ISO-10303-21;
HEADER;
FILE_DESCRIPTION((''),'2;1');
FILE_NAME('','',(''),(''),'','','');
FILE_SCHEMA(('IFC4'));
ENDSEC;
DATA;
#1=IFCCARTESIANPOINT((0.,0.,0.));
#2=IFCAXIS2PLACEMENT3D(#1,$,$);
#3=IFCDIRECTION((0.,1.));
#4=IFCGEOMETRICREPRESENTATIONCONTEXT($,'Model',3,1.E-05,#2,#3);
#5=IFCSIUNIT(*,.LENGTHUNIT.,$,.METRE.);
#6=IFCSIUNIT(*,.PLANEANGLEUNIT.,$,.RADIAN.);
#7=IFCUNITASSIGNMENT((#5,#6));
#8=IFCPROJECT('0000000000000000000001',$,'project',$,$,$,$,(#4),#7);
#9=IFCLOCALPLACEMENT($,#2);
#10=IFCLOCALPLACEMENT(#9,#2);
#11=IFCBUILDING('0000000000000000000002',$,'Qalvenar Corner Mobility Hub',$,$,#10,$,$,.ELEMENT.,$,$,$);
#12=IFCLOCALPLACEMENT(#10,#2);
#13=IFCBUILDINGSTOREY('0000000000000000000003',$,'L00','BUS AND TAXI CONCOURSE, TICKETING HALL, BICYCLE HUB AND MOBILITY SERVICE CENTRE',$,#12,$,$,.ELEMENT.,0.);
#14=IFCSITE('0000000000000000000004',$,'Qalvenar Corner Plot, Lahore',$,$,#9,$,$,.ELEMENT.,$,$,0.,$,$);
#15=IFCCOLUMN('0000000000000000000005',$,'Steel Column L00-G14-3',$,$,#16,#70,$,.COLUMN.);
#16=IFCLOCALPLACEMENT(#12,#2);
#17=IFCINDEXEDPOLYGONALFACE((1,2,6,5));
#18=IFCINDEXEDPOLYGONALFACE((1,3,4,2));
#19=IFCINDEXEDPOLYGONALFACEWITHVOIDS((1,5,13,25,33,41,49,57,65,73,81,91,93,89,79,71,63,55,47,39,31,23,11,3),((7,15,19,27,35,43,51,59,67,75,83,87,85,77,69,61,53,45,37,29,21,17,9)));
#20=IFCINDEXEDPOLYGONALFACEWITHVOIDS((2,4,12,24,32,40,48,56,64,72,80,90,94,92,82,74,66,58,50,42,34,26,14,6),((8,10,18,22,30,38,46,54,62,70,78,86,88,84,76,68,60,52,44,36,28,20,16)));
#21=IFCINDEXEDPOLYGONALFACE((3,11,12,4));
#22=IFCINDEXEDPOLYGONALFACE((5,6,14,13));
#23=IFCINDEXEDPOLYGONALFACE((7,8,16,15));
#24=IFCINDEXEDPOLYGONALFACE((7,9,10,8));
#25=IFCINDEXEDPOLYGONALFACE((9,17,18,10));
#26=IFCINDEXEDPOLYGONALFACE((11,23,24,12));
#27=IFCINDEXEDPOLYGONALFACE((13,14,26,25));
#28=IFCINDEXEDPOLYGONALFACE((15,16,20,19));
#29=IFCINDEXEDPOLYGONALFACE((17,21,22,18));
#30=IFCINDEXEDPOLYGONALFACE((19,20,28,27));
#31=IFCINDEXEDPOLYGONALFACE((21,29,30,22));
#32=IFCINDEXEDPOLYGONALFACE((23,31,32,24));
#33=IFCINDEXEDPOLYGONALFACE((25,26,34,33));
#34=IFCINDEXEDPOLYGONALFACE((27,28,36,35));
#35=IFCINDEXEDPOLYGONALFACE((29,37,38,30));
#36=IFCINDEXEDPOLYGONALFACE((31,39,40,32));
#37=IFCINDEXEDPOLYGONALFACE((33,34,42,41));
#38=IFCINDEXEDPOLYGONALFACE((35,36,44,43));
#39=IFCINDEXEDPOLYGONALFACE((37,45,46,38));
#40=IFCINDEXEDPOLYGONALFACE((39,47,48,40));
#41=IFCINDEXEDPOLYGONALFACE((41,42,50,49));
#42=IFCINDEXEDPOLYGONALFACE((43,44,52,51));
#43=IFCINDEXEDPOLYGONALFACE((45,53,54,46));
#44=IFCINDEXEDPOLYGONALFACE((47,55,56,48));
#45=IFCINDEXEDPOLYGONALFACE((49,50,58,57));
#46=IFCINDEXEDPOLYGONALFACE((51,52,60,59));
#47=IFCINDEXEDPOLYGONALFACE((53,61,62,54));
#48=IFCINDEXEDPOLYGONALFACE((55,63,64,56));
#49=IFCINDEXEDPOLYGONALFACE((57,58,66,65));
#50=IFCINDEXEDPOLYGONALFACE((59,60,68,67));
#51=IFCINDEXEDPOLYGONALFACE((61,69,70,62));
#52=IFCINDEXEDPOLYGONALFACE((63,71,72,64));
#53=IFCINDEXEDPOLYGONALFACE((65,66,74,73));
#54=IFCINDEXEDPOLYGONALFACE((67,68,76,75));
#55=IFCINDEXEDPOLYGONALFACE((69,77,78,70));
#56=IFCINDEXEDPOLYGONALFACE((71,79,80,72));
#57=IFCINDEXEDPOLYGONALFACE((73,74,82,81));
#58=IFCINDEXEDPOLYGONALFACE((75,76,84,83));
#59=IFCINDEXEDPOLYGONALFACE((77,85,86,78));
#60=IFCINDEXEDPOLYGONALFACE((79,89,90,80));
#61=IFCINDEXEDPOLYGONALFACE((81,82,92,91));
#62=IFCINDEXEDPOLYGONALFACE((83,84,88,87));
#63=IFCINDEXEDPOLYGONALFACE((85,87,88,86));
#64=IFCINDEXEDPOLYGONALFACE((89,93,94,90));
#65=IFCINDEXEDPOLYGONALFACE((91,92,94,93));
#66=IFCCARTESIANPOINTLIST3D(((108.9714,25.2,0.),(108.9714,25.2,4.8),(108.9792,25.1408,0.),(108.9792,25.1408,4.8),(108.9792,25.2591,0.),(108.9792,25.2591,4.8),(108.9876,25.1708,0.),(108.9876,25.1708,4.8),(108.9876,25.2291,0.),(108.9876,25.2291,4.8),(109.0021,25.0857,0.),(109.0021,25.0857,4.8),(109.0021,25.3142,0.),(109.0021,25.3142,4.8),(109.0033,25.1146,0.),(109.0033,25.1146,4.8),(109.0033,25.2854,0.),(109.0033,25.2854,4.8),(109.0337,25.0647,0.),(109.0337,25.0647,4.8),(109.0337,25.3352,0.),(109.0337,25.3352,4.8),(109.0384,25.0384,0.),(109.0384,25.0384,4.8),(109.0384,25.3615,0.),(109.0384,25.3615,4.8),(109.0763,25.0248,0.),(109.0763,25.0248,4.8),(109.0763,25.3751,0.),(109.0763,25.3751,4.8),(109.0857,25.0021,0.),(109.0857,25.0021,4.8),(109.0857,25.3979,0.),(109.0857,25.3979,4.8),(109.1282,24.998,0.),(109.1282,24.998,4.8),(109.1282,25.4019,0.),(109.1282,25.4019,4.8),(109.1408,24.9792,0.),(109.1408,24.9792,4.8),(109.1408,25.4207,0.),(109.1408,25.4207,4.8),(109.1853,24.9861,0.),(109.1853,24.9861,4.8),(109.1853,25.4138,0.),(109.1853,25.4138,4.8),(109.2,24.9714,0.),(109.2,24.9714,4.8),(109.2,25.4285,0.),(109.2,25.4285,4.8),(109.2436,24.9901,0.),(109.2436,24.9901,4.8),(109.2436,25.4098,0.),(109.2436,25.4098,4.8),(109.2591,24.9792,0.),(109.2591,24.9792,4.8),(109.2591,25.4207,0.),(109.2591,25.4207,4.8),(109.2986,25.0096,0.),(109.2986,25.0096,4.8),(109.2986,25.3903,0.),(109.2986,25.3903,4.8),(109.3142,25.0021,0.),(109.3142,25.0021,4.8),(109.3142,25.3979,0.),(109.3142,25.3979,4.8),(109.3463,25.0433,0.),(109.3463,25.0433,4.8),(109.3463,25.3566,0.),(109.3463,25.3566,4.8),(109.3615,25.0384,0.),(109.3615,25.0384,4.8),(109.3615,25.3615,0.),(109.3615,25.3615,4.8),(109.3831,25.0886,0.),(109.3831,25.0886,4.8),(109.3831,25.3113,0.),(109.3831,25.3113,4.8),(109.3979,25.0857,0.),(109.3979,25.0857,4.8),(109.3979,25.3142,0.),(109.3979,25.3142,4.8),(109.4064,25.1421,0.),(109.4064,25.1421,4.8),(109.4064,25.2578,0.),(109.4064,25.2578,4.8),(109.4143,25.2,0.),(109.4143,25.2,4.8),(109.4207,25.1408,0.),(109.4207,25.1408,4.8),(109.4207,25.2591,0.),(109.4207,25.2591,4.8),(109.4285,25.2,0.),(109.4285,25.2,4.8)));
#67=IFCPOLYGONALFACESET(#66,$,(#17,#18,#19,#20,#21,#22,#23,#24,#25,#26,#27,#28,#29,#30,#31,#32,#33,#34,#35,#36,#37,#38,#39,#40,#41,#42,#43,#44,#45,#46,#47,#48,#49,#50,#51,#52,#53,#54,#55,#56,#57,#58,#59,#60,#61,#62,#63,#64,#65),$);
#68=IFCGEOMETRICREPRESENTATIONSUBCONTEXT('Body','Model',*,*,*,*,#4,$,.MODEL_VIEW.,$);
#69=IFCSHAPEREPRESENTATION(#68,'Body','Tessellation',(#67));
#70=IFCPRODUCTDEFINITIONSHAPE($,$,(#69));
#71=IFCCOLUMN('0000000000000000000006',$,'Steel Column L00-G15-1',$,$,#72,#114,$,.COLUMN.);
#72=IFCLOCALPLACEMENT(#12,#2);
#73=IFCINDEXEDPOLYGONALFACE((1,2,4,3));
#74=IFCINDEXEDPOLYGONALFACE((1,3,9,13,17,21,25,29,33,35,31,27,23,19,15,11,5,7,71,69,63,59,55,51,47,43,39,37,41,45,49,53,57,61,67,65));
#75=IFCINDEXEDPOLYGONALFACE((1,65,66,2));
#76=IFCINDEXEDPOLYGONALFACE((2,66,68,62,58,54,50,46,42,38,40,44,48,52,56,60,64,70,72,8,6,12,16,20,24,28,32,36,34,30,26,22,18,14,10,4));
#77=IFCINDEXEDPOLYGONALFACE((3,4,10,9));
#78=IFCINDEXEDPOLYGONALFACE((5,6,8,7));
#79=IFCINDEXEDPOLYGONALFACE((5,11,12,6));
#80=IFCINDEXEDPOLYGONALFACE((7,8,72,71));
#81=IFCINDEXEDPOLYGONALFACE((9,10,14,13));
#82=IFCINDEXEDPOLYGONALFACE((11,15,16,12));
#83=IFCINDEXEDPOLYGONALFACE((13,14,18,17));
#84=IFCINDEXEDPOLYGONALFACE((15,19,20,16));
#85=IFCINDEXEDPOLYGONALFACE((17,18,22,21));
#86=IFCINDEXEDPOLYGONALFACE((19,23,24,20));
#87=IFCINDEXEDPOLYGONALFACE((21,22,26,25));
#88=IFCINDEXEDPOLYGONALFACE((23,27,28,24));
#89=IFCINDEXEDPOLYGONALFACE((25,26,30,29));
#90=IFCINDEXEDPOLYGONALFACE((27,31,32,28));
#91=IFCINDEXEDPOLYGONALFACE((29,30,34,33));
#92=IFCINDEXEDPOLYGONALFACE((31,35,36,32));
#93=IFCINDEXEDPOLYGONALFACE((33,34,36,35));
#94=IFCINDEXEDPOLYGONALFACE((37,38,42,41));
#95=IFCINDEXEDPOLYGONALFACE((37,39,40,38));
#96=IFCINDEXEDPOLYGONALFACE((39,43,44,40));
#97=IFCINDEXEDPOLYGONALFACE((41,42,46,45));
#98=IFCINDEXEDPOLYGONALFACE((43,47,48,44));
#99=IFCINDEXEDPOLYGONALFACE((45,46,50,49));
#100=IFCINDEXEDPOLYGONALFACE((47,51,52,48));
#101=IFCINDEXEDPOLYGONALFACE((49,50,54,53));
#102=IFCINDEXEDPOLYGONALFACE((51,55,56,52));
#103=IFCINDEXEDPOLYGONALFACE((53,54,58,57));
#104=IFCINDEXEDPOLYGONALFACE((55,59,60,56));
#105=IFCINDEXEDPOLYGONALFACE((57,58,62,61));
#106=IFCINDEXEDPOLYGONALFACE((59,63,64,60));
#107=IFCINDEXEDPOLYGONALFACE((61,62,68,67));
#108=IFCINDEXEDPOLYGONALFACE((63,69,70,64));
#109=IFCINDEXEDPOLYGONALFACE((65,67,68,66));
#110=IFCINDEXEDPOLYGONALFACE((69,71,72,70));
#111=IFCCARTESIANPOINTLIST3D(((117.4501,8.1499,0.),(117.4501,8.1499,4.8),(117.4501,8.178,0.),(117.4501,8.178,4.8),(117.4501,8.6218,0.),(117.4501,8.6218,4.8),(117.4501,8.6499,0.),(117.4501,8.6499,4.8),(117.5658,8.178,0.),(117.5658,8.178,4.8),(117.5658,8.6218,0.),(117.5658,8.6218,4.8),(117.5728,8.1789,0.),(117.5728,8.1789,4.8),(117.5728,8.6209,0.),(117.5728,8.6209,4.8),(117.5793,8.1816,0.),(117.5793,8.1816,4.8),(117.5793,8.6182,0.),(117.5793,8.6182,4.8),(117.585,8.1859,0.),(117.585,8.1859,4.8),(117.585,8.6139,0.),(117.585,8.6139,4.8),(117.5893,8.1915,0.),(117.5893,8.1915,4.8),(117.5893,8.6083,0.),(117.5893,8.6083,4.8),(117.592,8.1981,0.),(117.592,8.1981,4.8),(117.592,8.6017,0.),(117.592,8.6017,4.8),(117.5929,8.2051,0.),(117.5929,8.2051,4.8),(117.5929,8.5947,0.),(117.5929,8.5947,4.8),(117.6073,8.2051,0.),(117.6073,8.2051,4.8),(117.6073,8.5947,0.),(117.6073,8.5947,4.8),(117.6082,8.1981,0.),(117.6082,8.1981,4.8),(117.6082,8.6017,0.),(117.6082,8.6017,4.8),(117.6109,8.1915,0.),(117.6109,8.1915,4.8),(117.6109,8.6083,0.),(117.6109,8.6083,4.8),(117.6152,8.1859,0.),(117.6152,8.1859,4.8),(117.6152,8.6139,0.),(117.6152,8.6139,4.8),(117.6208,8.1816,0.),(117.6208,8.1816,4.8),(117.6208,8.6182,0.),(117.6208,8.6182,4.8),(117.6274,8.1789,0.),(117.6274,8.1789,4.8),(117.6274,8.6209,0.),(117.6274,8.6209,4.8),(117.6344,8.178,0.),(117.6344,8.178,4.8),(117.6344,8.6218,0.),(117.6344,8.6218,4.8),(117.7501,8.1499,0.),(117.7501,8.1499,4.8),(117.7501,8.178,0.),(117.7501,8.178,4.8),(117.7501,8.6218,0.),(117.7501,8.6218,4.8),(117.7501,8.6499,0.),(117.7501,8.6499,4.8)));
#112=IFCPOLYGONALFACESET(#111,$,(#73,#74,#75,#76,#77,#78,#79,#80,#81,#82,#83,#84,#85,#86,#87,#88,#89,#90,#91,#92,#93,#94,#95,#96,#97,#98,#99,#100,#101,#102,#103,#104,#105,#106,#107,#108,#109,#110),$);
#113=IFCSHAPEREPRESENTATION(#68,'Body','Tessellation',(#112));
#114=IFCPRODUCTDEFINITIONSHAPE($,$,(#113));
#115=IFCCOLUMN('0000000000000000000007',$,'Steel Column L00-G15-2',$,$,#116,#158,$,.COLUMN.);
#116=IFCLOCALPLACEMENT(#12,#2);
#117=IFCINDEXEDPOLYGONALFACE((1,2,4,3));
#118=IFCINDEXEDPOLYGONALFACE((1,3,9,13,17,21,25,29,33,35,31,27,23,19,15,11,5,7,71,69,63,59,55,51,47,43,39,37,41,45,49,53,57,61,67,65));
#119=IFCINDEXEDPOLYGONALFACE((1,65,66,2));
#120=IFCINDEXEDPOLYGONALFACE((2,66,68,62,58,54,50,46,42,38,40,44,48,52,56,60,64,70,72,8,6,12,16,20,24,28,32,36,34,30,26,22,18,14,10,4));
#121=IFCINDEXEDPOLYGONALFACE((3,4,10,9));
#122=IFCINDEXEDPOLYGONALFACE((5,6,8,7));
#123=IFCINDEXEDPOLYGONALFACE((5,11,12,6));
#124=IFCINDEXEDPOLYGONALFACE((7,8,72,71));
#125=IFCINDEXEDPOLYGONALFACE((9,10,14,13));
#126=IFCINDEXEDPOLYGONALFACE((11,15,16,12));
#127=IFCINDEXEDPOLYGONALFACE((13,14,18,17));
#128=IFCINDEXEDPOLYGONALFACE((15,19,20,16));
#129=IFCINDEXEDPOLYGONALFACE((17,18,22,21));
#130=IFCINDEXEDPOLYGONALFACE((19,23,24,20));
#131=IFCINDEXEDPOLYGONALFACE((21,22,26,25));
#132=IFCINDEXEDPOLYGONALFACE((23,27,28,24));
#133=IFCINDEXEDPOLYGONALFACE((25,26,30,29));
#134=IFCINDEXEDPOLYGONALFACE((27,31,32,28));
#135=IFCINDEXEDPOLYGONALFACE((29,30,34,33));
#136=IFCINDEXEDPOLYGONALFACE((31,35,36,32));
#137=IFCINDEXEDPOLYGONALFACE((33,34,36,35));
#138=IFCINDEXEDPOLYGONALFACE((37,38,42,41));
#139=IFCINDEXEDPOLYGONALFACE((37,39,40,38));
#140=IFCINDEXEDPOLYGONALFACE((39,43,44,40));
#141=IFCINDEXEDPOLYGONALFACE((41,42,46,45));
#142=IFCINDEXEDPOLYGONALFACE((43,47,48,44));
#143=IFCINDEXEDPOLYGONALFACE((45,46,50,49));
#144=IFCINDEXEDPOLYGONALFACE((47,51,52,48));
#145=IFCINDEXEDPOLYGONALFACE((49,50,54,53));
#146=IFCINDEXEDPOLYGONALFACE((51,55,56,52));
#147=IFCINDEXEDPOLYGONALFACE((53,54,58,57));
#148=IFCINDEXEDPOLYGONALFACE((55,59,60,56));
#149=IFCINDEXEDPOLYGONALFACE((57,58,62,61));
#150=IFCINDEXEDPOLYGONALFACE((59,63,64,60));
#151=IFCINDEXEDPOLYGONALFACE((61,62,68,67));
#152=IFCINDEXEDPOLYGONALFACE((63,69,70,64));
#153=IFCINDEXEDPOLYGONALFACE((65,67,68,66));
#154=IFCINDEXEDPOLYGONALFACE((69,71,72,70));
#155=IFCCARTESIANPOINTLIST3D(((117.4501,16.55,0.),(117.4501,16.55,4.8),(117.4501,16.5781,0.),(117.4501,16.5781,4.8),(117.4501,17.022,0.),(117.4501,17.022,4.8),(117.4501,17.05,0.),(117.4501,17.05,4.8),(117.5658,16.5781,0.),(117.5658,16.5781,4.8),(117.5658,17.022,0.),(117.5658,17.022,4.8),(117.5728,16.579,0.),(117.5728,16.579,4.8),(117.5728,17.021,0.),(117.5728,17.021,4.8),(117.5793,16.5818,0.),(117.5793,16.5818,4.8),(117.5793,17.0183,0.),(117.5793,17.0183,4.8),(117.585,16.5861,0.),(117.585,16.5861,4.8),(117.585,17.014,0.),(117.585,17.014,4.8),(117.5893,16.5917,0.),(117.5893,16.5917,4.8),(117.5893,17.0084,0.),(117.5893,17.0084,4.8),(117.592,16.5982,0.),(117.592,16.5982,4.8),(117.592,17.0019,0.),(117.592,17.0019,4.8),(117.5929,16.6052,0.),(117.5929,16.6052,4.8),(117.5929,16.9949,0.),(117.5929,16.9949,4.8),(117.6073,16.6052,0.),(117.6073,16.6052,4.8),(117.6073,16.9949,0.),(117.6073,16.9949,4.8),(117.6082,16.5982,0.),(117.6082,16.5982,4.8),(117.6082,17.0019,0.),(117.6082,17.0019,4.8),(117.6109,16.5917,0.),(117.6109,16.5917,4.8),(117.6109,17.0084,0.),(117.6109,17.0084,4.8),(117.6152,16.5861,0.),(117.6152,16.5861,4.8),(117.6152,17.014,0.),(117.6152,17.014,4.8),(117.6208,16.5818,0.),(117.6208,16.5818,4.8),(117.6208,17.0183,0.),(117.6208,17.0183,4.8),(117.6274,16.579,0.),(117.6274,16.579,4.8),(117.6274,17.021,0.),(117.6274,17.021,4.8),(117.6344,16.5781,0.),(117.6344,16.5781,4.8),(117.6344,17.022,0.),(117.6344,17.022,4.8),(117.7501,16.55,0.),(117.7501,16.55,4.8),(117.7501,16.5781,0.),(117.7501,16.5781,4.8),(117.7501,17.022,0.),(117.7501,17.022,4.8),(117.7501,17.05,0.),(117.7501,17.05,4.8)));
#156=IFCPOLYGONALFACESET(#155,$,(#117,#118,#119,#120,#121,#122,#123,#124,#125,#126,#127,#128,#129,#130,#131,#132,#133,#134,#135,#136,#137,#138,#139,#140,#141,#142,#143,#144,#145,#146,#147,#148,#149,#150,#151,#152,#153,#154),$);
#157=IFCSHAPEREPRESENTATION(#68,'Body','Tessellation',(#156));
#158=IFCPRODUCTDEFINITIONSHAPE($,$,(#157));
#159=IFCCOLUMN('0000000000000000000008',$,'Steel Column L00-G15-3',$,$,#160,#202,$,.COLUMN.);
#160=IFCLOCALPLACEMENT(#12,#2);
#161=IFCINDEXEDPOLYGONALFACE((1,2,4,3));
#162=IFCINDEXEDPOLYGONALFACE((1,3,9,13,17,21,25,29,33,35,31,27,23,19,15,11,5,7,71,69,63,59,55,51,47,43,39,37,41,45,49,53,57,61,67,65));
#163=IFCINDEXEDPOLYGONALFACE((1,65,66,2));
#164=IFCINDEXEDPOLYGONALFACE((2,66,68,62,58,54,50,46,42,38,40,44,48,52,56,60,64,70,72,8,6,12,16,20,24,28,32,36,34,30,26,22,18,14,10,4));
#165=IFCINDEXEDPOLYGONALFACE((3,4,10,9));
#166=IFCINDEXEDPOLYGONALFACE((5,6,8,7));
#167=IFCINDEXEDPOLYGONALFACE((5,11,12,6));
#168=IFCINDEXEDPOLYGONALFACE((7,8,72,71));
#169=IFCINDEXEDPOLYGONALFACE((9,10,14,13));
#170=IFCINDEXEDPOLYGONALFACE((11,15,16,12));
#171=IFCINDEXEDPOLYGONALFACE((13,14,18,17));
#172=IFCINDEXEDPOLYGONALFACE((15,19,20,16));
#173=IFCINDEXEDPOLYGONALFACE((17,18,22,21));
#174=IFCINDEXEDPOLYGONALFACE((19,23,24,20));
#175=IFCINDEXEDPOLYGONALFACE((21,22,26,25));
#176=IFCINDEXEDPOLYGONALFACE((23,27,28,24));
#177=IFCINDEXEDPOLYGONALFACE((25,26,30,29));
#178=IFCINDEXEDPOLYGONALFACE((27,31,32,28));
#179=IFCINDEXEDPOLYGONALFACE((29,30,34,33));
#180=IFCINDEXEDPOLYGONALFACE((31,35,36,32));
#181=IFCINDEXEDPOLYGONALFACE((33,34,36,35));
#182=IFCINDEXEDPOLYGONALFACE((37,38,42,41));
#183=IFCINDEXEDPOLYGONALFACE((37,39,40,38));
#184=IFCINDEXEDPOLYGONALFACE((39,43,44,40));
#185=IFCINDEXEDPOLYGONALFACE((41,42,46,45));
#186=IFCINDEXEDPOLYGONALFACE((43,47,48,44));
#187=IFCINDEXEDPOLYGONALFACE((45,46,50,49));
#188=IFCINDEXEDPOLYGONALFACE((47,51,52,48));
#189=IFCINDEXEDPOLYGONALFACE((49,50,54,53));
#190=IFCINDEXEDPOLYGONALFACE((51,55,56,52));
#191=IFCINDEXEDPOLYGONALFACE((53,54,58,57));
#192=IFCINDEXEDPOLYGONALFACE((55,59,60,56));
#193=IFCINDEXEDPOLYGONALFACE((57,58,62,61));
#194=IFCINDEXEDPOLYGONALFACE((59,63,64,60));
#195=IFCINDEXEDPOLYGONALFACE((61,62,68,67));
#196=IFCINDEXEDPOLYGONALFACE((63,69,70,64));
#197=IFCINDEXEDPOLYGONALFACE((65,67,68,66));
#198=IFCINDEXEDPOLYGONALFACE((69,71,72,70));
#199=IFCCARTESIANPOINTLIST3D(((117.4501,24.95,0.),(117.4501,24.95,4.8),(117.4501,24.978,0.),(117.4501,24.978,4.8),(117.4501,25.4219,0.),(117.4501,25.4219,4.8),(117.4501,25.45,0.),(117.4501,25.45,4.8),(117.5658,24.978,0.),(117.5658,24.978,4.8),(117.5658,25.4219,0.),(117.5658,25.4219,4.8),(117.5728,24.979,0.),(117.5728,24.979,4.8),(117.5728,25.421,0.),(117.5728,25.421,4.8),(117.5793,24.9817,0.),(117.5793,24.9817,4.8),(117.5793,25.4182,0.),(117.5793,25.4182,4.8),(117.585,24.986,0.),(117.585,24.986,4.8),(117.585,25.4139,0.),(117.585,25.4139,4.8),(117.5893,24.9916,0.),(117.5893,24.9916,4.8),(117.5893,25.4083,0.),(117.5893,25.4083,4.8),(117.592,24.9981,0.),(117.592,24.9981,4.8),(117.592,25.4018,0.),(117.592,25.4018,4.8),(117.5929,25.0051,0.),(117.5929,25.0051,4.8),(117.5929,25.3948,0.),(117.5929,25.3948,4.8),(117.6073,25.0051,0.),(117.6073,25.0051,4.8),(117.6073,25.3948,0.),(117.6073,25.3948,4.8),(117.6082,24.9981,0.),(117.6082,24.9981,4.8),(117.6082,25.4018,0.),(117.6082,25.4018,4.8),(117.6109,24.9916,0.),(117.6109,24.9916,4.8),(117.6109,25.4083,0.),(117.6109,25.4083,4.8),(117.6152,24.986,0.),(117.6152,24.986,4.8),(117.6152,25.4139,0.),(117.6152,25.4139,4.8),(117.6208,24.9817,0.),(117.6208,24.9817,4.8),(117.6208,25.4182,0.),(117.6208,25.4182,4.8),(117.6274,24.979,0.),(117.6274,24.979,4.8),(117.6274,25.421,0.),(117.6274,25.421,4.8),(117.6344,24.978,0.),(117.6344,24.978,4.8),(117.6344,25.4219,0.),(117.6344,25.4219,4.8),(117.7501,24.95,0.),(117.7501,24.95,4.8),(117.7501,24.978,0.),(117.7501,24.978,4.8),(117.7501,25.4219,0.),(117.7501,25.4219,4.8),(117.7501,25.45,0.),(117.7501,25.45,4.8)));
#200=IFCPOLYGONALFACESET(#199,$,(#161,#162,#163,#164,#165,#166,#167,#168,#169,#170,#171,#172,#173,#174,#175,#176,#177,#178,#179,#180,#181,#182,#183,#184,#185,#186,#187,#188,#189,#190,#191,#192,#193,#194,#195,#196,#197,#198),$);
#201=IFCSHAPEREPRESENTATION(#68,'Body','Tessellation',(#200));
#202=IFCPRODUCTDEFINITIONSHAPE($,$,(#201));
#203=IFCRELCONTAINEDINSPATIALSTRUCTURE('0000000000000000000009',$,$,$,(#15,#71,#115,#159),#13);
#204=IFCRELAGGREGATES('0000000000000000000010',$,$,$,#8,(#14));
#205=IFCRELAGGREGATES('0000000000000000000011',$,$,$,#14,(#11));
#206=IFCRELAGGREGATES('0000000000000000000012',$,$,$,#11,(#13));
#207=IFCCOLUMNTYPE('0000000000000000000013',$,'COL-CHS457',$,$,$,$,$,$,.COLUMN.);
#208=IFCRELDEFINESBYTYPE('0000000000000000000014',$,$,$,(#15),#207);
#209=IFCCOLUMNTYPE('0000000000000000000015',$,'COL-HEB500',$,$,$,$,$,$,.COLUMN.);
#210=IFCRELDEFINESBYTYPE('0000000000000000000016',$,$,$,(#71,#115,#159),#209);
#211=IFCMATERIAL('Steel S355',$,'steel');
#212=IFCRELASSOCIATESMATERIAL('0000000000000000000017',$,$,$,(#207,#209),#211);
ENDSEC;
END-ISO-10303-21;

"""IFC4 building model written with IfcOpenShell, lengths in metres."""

from ifc_helpers import new_model, si_unit, direction, frame, origin, origin_2d, place, context, subcontext, project, spatial, hollow_circle, i_section, extrude, material, material_profile, profile_set, type_object, element, save


model = new_model("IFC4")

# Units and contexts
model_context = context("Model", 3, precision=1e-05, world=origin(), true_north=direction((0.0, 1.0)))
body_context = subcontext(model_context, "Body", "Model", "MODEL_VIEW")
ifc_project = project(units=[si_unit("LENGTHUNIT", "METRE"), si_unit("PLANEANGLEUNIT", "RADIAN")], contexts=[model_context])

# Site, building, storey
site_placement = place(None, origin())
site = spatial("IfcSite", under=ifc_project, at=site_placement, Name="Qalvenar Corner Plot, Lahore", CompositionType="ELEMENT", RefElevation=0.0)
building_placement = place(site_placement, origin())
building = spatial("IfcBuilding", under=site, at=building_placement, Name="Qalvenar Corner Mobility Hub", CompositionType="ELEMENT")
storey_placement = place(building_placement, origin())
storey = spatial("IfcBuildingStorey", under=building, at=storey_placement, Name="L00", Description="BUS AND TAXI CONCOURSE, TICKETING HALL, BICYCLE HUB AND MOBILITY SERVICE CENTRE", CompositionType="ELEMENT", Elevation=0.0)

# Columns
ifc_material_1 = material(Name="Steel S355", Category="steel")
ifc_material_profile_1 = material_profile(ifc_material_1, hollow_circle(Radius=0.2285, WallThickness=0.0142, at=origin_2d()), Name="CHS457x14.2")
ifc_profile_set_1 = profile_set([ifc_material_profile_1], Name="Steel S355")
column_type_1 = type_object("IfcColumnType", Name="COL-CHS457", PredefinedType="COLUMN", material=ifc_profile_set_1)
column_placement = place(storey_placement, frame((109.2, 25.2, 0.0), z_axis=(0.0, 0.0, 1.0), x_axis=(1.0, 0.0, 0.0)))
element("IfcColumn", 1, at=column_placement, inside=storey, type_object=column_type_1, Name="Steel Column L00-G14-3", PredefinedType="COLUMN", context=body_context, shape_type="SweptSolid", body=[
    extrude(hollow_circle(Radius=0.2285, WallThickness=0.0142, at=origin_2d()), origin(), (0.0, 0.0, 1.0), 4.8),
])
ifc_material_profile_2 = material_profile(ifc_material_1, i_section(OverallWidth=0.3, OverallDepth=0.5, WebThickness=0.0144, FlangeThickness=0.0281, FilletRadius=0.0271, at=origin_2d()), Name="HEB500")
ifc_profile_set_2 = profile_set([ifc_material_profile_2], Name="Steel S355")
column_type_2 = type_object("IfcColumnType", Name="COL-HEB500", PredefinedType="COLUMN", material=ifc_profile_set_2)
for number, where, z_axis, x_axis, name in (
    (2, (117.6001, 8.3999, 0.0), (0.0, 0.0, 1.0), (1.0, 0.0, 0.0), "Steel Column L00-G15-1"),
    (3, (117.6001, 16.8, 0.0), (0.0, 0.0, 1.0), (1.0, 0.0, 0.0), "Steel Column L00-G15-2"),
    (4, (117.6001, 25.2, 0.0), (0.0, 0.0, 1.0), (1.0, 0.0, 0.0), "Steel Column L00-G15-3"),
):
    element("IfcColumn", number, at=place(storey_placement, frame(where, z_axis=z_axis, x_axis=x_axis)), inside=storey, type_object=column_type_2, Name=name, PredefinedType="COLUMN", context=body_context, shape_type="SweptSolid", body=[
        extrude(i_section(OverallWidth=0.3, OverallDepth=0.5, WebThickness=0.0144, FlangeThickness=0.0281, FilletRadius=0.0271, at=origin_2d()), origin(), (0.0, 0.0, 1.0), 4.8),
    ])

save(model, "model.ifc")
